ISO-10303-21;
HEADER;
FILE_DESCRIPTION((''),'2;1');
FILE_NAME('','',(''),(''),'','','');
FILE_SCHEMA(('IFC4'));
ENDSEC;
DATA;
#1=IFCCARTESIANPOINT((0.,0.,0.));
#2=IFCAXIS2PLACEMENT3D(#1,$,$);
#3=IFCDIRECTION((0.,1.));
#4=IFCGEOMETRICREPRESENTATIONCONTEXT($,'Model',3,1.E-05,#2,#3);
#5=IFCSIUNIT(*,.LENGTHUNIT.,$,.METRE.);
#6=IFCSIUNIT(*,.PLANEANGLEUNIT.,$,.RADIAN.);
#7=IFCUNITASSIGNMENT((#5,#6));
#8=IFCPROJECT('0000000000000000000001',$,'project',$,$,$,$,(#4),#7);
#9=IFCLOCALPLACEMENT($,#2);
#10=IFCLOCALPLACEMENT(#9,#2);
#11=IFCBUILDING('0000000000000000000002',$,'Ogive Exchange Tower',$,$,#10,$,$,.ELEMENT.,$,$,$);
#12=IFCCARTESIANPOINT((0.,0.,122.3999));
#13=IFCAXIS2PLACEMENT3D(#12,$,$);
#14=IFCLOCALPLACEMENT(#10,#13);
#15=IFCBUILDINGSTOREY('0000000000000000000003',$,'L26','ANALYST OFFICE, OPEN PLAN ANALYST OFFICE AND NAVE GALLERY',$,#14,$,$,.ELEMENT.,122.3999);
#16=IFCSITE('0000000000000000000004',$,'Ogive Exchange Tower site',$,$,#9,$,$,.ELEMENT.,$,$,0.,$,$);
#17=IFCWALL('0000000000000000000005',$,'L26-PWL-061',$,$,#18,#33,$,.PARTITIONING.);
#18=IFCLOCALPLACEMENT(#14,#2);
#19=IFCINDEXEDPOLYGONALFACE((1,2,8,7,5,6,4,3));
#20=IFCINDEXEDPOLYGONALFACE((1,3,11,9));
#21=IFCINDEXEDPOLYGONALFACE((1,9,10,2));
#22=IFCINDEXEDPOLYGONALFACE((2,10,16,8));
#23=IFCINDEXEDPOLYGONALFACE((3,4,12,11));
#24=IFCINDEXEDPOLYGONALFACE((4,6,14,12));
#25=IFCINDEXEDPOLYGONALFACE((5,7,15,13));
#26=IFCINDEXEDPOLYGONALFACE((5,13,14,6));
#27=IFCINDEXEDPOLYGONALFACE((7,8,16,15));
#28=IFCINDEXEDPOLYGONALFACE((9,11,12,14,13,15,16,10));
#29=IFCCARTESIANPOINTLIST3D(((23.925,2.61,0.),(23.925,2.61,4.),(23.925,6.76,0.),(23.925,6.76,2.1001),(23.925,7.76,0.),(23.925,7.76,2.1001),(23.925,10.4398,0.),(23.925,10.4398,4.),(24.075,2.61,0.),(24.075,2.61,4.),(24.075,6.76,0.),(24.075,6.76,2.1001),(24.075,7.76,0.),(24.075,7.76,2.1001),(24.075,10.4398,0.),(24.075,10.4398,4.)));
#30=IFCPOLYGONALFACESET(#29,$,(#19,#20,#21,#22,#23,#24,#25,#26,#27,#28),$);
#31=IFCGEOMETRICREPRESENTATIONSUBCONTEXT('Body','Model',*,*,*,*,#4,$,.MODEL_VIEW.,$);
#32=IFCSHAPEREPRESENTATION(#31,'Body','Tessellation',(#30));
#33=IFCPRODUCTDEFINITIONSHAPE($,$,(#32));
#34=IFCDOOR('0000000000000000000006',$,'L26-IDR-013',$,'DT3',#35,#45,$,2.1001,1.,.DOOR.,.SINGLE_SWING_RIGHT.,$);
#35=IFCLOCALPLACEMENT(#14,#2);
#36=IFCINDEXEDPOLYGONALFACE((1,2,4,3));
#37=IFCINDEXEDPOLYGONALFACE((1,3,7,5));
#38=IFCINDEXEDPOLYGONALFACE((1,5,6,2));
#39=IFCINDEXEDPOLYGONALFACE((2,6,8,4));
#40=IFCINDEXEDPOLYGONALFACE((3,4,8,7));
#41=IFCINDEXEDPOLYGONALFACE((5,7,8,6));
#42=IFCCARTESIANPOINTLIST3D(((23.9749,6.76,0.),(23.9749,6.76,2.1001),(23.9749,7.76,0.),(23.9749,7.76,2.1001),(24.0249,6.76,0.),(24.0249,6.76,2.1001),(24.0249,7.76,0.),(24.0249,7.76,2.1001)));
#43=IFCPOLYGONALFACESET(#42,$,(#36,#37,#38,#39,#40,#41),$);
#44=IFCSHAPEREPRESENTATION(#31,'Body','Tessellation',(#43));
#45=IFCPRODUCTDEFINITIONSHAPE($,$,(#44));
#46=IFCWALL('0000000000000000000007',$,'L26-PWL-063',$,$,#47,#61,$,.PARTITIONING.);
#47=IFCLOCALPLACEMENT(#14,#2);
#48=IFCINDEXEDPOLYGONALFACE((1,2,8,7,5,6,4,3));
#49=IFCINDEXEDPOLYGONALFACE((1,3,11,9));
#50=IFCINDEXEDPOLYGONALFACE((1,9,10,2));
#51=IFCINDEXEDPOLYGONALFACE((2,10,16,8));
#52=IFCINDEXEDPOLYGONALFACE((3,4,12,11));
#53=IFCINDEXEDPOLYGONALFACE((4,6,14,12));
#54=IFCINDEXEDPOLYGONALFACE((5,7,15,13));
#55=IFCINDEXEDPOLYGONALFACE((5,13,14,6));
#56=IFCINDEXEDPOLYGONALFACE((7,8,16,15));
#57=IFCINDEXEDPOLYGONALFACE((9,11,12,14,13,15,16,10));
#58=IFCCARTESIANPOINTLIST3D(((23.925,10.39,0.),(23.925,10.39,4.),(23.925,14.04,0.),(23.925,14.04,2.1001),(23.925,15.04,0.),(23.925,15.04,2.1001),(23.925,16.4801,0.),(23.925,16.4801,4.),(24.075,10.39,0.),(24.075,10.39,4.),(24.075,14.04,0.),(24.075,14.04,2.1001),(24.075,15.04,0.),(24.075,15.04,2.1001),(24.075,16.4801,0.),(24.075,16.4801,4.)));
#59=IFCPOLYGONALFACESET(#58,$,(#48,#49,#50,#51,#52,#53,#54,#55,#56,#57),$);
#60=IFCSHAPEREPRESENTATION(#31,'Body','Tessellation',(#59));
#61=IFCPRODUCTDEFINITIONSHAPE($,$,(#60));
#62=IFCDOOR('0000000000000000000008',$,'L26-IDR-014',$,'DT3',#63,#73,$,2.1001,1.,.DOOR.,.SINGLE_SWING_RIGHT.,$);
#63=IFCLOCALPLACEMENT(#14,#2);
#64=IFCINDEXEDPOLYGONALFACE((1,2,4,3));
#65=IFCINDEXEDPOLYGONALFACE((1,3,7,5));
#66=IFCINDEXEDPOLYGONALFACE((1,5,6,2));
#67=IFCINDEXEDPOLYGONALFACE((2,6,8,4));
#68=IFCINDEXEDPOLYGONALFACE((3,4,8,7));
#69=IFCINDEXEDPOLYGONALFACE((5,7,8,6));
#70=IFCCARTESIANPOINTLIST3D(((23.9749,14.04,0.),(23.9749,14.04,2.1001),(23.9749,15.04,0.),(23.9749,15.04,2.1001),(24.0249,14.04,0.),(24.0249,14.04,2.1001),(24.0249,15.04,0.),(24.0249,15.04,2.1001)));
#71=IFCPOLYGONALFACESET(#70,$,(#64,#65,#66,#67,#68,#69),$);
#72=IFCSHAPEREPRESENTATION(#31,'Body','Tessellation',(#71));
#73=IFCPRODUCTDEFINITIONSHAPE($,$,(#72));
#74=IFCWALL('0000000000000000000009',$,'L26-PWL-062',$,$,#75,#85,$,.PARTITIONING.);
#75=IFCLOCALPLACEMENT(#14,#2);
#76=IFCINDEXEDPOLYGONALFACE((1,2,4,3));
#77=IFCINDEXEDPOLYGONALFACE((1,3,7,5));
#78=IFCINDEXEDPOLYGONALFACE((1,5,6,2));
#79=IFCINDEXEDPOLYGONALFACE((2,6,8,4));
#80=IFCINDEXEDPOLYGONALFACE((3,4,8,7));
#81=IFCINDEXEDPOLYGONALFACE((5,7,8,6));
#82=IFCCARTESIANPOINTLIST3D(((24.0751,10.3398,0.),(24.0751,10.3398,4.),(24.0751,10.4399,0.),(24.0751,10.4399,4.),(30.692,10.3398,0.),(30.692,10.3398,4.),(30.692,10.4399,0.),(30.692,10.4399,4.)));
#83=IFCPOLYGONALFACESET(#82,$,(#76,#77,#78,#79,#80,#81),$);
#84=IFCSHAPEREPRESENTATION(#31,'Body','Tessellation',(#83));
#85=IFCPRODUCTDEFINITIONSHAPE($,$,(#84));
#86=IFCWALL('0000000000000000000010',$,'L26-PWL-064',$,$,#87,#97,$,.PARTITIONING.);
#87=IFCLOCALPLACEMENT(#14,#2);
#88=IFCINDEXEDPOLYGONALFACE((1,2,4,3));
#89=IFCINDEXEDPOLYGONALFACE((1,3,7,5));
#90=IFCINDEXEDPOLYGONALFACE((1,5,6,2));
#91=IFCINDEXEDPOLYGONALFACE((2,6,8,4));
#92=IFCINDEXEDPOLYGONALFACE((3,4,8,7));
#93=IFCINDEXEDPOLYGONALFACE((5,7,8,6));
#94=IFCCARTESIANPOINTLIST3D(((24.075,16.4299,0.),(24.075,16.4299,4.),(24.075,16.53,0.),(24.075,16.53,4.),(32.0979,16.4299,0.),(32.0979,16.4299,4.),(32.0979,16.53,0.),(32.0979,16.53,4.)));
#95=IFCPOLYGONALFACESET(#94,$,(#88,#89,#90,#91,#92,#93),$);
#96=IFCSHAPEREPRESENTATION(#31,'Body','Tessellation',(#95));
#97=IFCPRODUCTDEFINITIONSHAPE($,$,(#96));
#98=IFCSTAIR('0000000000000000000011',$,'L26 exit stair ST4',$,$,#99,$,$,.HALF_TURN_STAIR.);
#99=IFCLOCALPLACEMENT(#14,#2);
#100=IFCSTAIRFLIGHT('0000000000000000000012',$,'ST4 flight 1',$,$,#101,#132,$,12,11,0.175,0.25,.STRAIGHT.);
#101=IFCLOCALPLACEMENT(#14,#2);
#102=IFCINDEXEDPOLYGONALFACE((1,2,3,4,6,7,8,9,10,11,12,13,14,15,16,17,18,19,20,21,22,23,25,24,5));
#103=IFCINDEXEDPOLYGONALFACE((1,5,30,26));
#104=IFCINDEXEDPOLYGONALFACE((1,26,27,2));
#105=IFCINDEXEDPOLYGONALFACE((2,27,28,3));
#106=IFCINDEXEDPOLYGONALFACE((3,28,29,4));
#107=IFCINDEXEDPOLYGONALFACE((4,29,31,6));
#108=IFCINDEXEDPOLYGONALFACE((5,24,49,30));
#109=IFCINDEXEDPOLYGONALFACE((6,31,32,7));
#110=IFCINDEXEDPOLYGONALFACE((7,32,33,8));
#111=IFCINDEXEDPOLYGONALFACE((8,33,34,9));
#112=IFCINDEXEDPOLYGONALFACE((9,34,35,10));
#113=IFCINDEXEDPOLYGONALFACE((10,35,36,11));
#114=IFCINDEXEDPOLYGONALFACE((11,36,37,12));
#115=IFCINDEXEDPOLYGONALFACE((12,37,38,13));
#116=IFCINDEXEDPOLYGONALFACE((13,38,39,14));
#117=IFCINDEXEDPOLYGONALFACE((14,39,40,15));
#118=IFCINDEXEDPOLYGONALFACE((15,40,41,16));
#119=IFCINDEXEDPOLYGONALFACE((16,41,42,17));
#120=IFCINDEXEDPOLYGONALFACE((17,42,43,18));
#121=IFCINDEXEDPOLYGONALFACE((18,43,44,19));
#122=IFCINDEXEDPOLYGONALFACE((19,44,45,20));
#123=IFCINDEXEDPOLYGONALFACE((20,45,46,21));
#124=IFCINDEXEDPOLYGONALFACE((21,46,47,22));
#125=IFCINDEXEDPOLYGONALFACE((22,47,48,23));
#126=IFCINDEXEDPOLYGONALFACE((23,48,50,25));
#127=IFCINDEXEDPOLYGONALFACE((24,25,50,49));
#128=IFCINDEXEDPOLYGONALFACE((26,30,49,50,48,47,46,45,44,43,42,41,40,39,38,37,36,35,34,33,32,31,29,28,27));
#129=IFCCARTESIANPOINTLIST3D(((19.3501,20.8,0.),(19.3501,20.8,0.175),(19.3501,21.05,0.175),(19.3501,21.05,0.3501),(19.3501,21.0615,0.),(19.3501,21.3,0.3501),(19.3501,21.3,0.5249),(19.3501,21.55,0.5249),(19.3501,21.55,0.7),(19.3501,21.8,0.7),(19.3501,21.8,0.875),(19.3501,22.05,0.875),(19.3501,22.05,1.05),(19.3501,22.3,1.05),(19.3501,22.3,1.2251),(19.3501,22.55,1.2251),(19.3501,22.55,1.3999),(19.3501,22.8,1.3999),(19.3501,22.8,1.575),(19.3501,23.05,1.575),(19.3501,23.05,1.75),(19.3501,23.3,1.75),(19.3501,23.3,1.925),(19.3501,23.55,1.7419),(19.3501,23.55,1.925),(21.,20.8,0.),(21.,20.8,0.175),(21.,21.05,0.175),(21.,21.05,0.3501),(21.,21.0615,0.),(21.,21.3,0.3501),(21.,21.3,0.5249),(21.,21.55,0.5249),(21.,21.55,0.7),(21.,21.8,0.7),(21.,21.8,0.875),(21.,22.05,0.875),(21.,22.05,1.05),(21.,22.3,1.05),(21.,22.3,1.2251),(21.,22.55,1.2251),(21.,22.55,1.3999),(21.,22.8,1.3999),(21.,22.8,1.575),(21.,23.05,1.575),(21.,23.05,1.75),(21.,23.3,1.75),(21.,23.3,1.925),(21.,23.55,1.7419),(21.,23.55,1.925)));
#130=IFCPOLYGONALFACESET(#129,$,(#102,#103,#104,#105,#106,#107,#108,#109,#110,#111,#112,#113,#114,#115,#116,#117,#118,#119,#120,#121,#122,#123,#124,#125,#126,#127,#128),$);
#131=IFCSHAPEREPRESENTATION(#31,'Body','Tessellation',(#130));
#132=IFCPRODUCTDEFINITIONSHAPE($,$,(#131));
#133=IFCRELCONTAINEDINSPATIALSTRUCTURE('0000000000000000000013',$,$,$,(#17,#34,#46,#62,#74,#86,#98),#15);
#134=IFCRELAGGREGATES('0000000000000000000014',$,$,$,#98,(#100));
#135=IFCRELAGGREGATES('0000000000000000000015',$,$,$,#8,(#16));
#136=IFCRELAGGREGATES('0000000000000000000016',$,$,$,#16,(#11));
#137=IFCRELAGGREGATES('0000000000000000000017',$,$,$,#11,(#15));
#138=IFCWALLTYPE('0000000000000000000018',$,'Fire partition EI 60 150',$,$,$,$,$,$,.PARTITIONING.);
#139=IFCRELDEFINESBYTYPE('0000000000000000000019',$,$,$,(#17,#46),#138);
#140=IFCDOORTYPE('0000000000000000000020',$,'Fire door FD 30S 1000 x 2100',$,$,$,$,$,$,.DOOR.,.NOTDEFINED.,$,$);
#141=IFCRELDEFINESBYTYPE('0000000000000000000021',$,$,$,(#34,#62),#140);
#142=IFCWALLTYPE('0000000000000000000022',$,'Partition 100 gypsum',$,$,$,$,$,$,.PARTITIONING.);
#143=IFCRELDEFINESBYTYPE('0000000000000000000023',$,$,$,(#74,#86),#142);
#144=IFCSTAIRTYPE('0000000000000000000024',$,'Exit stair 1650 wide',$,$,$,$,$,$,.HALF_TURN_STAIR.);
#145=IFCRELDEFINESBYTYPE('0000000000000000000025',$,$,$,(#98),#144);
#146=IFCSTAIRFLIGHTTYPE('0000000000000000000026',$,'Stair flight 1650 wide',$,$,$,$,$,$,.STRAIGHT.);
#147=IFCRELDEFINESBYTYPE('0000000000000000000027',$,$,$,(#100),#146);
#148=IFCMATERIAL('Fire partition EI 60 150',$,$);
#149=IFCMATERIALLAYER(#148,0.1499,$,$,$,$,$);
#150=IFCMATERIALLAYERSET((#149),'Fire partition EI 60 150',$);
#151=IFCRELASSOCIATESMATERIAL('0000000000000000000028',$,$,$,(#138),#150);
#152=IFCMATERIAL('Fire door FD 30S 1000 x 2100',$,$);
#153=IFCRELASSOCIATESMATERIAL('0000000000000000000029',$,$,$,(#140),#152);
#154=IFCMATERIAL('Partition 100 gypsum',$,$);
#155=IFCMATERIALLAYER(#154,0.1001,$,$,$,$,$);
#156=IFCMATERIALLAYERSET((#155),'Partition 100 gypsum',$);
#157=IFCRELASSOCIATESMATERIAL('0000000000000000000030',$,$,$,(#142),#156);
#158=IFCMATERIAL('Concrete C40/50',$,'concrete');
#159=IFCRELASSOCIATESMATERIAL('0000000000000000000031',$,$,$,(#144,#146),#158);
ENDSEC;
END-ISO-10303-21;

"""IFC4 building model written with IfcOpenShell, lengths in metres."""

from ifc_helpers import new_model, si_unit, direction, frame, frame_2d, origin, place, context, subcontext, project, spatial, polyline, rectangle, outline, extrude, material, layer, layer_set, type_object, element, fill, aggregate, save


model = new_model("IFC4")

# Units and contexts
model_context = context("Model", 3, precision=1e-05, world=origin(), true_north=direction((0.0, 1.0)))
body_context = subcontext(model_context, "Body", "Model", "MODEL_VIEW")
ifc_project = project(units=[si_unit("LENGTHUNIT", "METRE"), si_unit("PLANEANGLEUNIT", "RADIAN")], contexts=[model_context])

# Site, building, storey
site_placement = place(None, origin())
site = spatial("IfcSite", under=ifc_project, at=site_placement, Name="Ogive Exchange Tower site", CompositionType="ELEMENT", RefElevation=0.0)
building_placement = place(site_placement, origin())
building = spatial("IfcBuilding", under=site, at=building_placement, Name="Ogive Exchange Tower", CompositionType="ELEMENT")
storey_placement = place(building_placement, frame((0.0, 0.0, 122.3999)))
storey = spatial("IfcBuildingStorey", under=building, at=storey_placement, Name="L26", Description="ANALYST OFFICE, OPEN PLAN ANALYST OFFICE AND NAVE GALLERY", CompositionType="ELEMENT", Elevation=122.3999)

# Walls, openings, doors
ifc_material_1 = material(Name="Fire partition EI 60 150")
ifc_layer_1 = layer(ifc_material_1, 0.1499)
ifc_layer_set_1 = layer_set([ifc_layer_1], Name="Fire partition EI 60 150")
wall_type_1 = type_object("IfcWallType", Name="Fire partition EI 60 150", PredefinedType="PARTITIONING", material=ifc_layer_set_1)
wall_1_placement = place(storey_placement, frame((24.0, 10.4399, 0.0), z_axis=(0.0, 0.0, 1.0), x_axis=(0.0, -1.0, 0.0)))
wall_1 = element("IfcWall", 1, at=wall_1_placement, inside=storey, type_object=wall_type_1, Name="L26-PWL-061", PredefinedType="PARTITIONING", context=body_context, shape_type="SweptSolid", body=[
    extrude(rectangle(XDim=7.8298, YDim=0.1499, at=frame_2d((3.915, 0.0))), origin(), (0.0, 0.0, 1.0), 4.0),
])
opening_1_placement = place(wall_1_placement, frame((2.6799, 0.0, 0.0)))
opening_1 = element("IfcOpeningElement", 2, at=opening_1_placement, cuts=wall_1, PredefinedType="OPENING", context=body_context, shape_type="SweptSolid", body=[
    extrude(rectangle(XDim=1.0, YDim=2.1001, at=frame_2d((0.5, 1.05))), frame((0.0, 0.085, 0.0), z_axis=(0.0, -1.0, 0.0), x_axis=(1.0, 0.0, 0.0)), (0.0, 0.0, 1.0), 0.1699),
])
ifc_material_2 = material(Name="Fire door FD 30S 1000 x 2100")
door_type = type_object("IfcDoorType", Name="Fire door FD 30S 1000 x 2100", OperationType="NOTDEFINED", PredefinedType="DOOR", material=ifc_material_2)
door_1_placement = place(opening_1_placement, origin())
door_1 = element("IfcDoor", 3, at=door_1_placement, inside=storey, type_object=door_type, Name="L26-IDR-013", ObjectType="DT3", OperationType="SINGLE_SWING_RIGHT", OverallHeight=2.1001, OverallWidth=1.0, PredefinedType="DOOR", context=body_context, shape_type="SweptSolid", body=[
    extrude(rectangle(XDim=1.0, YDim=2.1001, at=frame_2d((0.5, 1.05))), frame((0.0, 0.0249, 0.0), z_axis=(0.0, -1.0, 0.0), x_axis=(1.0, 0.0, 0.0)), (0.0, 0.0, 1.0), 0.05),
])
fill(opening_1, door_1)
wall_2_placement = place(storey_placement, frame((24.0, 16.48, 0.0), z_axis=(0.0, 0.0, 1.0), x_axis=(0.0, -1.0, 0.0)))
wall_2 = element("IfcWall", 4, at=wall_2_placement, inside=storey, type_object=wall_type_1, Name="L26-PWL-063", PredefinedType="PARTITIONING", context=body_context, shape_type="SweptSolid", body=[
    extrude(rectangle(XDim=6.0901, YDim=0.1499, at=frame_2d((3.0449, 0.0))), origin(), (0.0, 0.0, 1.0), 4.0),
])
opening_2_placement = place(wall_2_placement, frame((1.4399, 0.0, 0.0)))
opening_2 = element("IfcOpeningElement", 5, at=opening_2_placement, cuts=wall_2, PredefinedType="OPENING", context=body_context, shape_type="SweptSolid", body=[
    extrude(rectangle(XDim=1.0, YDim=2.1001, at=frame_2d((0.5, 1.05))), frame((0.0, 0.085, 0.0), z_axis=(0.0, -1.0, 0.0), x_axis=(1.0, 0.0, 0.0)), (0.0, 0.0, 1.0), 0.1699),
])
door_2_placement = place(opening_2_placement, origin())
door_2 = element("IfcDoor", 6, at=door_2_placement, inside=storey, type_object=door_type, Name="L26-IDR-014", ObjectType="DT3", OperationType="SINGLE_SWING_RIGHT", OverallHeight=2.1001, OverallWidth=1.0, PredefinedType="DOOR", context=body_context, shape_type="SweptSolid", body=[
    extrude(rectangle(XDim=1.0, YDim=2.1001, at=frame_2d((0.5, 1.05))), frame((0.0, 0.0249, 0.0), z_axis=(0.0, -1.0, 0.0), x_axis=(1.0, 0.0, 0.0)), (0.0, 0.0, 1.0), 0.05),
])
fill(opening_2, door_2)

# Walls
ifc_material_3 = material(Name="Partition 100 gypsum")
ifc_layer_2 = layer(ifc_material_3, 0.1001)
ifc_layer_set_2 = layer_set([ifc_layer_2], Name="Partition 100 gypsum")
wall_type_2 = type_object("IfcWallType", Name="Partition 100 gypsum", PredefinedType="PARTITIONING", material=ifc_layer_set_2)
wall_3_placement = place(storey_placement, frame((24.075, 10.3899, 0.0), z_axis=(0.0, 0.0, 1.0), x_axis=(1.0, 0.0, 0.0)))
element("IfcWall", 7, at=wall_3_placement, inside=storey, type_object=wall_type_2, Name="L26-PWL-062", PredefinedType="PARTITIONING", context=body_context, shape_type="SweptSolid", body=[
    extrude(rectangle(XDim=6.6169, YDim=0.1001, at=frame_2d((3.3086, 0.0))), origin(), (0.0, 0.0, 1.0), 4.0),
])
wall_4_placement = place(storey_placement, frame((24.075, 16.48, 0.0), z_axis=(0.0, 0.0, 1.0), x_axis=(1.0, 0.0, 0.0)))
element("IfcWall", 8, at=wall_4_placement, inside=storey, type_object=wall_type_2, Name="L26-PWL-064", PredefinedType="PARTITIONING", context=body_context, shape_type="SweptSolid", body=[
    extrude(rectangle(XDim=8.0229, YDim=0.1001, at=frame_2d((4.0115, 0.0))), origin(), (0.0, 0.0, 1.0), 4.0),
])

# Stair, stair flight
ifc_material_4 = material(Name="Concrete C40/50", Category="concrete")
stair_type = type_object("IfcStairType", Name="Exit stair 1650 wide", PredefinedType="HALF_TURN_STAIR", material=ifc_material_4)
stair_placement = place(storey_placement, origin())
stair = element("IfcStair", 9, at=stair_placement, inside=storey, type_object=stair_type, Name="L26 exit stair ST4", PredefinedType="HALF_TURN_STAIR")
stair_flight_type = type_object("IfcStairFlightType", Name="Stair flight 1650 wide", PredefinedType="STRAIGHT", material=ifc_material_4)
stair_flight_placement = place(storey_placement, frame((20.175, 20.8, 0.0), z_axis=(0.0, 0.0, 1.0), x_axis=(0.0, 1.0, 0.0)))
stair_flight = element("IfcStairFlight", 10, at=stair_flight_placement, type_object=stair_flight_type, Name="ST4 flight 1", NumberOfRisers=12, NumberOfTreads=11, PredefinedType="STRAIGHT", RiserHeight=0.175, TreadLength=0.25, context=body_context, shape_type="SweptSolid", body=[
    extrude(outline(polyline([(0.0, 0.0), (0.0, 0.175), (0.25, 0.175), (0.25, 0.3501), (0.5, 0.3501), (0.5, 0.5249), (0.75, 0.5249), (0.75, 0.7), (1.0, 0.7), (1.0, 0.875), (1.25, 0.875), (1.25, 1.05), (1.5, 1.05), (1.5, 1.2251), (1.75, 1.2251), (1.75, 1.3999), (2.0, 1.3999), (2.0, 1.575), (2.25, 1.575), (2.25, 1.75), (2.5, 1.75), (2.5, 1.925), (2.75, 1.925), (2.75, 2.1001), (2.75, 1.7419), (0.2615, 0.0), (0.0, 0.0)])), frame((0.0, 0.825, 0.0), z_axis=(0.0, -1.0, 0.0), x_axis=(1.0, 0.0, 0.0)), (0.0, 0.0, 1.0), 1.6499),
])
aggregate(stair, [stair_flight])

save(model, "model.ifc")
